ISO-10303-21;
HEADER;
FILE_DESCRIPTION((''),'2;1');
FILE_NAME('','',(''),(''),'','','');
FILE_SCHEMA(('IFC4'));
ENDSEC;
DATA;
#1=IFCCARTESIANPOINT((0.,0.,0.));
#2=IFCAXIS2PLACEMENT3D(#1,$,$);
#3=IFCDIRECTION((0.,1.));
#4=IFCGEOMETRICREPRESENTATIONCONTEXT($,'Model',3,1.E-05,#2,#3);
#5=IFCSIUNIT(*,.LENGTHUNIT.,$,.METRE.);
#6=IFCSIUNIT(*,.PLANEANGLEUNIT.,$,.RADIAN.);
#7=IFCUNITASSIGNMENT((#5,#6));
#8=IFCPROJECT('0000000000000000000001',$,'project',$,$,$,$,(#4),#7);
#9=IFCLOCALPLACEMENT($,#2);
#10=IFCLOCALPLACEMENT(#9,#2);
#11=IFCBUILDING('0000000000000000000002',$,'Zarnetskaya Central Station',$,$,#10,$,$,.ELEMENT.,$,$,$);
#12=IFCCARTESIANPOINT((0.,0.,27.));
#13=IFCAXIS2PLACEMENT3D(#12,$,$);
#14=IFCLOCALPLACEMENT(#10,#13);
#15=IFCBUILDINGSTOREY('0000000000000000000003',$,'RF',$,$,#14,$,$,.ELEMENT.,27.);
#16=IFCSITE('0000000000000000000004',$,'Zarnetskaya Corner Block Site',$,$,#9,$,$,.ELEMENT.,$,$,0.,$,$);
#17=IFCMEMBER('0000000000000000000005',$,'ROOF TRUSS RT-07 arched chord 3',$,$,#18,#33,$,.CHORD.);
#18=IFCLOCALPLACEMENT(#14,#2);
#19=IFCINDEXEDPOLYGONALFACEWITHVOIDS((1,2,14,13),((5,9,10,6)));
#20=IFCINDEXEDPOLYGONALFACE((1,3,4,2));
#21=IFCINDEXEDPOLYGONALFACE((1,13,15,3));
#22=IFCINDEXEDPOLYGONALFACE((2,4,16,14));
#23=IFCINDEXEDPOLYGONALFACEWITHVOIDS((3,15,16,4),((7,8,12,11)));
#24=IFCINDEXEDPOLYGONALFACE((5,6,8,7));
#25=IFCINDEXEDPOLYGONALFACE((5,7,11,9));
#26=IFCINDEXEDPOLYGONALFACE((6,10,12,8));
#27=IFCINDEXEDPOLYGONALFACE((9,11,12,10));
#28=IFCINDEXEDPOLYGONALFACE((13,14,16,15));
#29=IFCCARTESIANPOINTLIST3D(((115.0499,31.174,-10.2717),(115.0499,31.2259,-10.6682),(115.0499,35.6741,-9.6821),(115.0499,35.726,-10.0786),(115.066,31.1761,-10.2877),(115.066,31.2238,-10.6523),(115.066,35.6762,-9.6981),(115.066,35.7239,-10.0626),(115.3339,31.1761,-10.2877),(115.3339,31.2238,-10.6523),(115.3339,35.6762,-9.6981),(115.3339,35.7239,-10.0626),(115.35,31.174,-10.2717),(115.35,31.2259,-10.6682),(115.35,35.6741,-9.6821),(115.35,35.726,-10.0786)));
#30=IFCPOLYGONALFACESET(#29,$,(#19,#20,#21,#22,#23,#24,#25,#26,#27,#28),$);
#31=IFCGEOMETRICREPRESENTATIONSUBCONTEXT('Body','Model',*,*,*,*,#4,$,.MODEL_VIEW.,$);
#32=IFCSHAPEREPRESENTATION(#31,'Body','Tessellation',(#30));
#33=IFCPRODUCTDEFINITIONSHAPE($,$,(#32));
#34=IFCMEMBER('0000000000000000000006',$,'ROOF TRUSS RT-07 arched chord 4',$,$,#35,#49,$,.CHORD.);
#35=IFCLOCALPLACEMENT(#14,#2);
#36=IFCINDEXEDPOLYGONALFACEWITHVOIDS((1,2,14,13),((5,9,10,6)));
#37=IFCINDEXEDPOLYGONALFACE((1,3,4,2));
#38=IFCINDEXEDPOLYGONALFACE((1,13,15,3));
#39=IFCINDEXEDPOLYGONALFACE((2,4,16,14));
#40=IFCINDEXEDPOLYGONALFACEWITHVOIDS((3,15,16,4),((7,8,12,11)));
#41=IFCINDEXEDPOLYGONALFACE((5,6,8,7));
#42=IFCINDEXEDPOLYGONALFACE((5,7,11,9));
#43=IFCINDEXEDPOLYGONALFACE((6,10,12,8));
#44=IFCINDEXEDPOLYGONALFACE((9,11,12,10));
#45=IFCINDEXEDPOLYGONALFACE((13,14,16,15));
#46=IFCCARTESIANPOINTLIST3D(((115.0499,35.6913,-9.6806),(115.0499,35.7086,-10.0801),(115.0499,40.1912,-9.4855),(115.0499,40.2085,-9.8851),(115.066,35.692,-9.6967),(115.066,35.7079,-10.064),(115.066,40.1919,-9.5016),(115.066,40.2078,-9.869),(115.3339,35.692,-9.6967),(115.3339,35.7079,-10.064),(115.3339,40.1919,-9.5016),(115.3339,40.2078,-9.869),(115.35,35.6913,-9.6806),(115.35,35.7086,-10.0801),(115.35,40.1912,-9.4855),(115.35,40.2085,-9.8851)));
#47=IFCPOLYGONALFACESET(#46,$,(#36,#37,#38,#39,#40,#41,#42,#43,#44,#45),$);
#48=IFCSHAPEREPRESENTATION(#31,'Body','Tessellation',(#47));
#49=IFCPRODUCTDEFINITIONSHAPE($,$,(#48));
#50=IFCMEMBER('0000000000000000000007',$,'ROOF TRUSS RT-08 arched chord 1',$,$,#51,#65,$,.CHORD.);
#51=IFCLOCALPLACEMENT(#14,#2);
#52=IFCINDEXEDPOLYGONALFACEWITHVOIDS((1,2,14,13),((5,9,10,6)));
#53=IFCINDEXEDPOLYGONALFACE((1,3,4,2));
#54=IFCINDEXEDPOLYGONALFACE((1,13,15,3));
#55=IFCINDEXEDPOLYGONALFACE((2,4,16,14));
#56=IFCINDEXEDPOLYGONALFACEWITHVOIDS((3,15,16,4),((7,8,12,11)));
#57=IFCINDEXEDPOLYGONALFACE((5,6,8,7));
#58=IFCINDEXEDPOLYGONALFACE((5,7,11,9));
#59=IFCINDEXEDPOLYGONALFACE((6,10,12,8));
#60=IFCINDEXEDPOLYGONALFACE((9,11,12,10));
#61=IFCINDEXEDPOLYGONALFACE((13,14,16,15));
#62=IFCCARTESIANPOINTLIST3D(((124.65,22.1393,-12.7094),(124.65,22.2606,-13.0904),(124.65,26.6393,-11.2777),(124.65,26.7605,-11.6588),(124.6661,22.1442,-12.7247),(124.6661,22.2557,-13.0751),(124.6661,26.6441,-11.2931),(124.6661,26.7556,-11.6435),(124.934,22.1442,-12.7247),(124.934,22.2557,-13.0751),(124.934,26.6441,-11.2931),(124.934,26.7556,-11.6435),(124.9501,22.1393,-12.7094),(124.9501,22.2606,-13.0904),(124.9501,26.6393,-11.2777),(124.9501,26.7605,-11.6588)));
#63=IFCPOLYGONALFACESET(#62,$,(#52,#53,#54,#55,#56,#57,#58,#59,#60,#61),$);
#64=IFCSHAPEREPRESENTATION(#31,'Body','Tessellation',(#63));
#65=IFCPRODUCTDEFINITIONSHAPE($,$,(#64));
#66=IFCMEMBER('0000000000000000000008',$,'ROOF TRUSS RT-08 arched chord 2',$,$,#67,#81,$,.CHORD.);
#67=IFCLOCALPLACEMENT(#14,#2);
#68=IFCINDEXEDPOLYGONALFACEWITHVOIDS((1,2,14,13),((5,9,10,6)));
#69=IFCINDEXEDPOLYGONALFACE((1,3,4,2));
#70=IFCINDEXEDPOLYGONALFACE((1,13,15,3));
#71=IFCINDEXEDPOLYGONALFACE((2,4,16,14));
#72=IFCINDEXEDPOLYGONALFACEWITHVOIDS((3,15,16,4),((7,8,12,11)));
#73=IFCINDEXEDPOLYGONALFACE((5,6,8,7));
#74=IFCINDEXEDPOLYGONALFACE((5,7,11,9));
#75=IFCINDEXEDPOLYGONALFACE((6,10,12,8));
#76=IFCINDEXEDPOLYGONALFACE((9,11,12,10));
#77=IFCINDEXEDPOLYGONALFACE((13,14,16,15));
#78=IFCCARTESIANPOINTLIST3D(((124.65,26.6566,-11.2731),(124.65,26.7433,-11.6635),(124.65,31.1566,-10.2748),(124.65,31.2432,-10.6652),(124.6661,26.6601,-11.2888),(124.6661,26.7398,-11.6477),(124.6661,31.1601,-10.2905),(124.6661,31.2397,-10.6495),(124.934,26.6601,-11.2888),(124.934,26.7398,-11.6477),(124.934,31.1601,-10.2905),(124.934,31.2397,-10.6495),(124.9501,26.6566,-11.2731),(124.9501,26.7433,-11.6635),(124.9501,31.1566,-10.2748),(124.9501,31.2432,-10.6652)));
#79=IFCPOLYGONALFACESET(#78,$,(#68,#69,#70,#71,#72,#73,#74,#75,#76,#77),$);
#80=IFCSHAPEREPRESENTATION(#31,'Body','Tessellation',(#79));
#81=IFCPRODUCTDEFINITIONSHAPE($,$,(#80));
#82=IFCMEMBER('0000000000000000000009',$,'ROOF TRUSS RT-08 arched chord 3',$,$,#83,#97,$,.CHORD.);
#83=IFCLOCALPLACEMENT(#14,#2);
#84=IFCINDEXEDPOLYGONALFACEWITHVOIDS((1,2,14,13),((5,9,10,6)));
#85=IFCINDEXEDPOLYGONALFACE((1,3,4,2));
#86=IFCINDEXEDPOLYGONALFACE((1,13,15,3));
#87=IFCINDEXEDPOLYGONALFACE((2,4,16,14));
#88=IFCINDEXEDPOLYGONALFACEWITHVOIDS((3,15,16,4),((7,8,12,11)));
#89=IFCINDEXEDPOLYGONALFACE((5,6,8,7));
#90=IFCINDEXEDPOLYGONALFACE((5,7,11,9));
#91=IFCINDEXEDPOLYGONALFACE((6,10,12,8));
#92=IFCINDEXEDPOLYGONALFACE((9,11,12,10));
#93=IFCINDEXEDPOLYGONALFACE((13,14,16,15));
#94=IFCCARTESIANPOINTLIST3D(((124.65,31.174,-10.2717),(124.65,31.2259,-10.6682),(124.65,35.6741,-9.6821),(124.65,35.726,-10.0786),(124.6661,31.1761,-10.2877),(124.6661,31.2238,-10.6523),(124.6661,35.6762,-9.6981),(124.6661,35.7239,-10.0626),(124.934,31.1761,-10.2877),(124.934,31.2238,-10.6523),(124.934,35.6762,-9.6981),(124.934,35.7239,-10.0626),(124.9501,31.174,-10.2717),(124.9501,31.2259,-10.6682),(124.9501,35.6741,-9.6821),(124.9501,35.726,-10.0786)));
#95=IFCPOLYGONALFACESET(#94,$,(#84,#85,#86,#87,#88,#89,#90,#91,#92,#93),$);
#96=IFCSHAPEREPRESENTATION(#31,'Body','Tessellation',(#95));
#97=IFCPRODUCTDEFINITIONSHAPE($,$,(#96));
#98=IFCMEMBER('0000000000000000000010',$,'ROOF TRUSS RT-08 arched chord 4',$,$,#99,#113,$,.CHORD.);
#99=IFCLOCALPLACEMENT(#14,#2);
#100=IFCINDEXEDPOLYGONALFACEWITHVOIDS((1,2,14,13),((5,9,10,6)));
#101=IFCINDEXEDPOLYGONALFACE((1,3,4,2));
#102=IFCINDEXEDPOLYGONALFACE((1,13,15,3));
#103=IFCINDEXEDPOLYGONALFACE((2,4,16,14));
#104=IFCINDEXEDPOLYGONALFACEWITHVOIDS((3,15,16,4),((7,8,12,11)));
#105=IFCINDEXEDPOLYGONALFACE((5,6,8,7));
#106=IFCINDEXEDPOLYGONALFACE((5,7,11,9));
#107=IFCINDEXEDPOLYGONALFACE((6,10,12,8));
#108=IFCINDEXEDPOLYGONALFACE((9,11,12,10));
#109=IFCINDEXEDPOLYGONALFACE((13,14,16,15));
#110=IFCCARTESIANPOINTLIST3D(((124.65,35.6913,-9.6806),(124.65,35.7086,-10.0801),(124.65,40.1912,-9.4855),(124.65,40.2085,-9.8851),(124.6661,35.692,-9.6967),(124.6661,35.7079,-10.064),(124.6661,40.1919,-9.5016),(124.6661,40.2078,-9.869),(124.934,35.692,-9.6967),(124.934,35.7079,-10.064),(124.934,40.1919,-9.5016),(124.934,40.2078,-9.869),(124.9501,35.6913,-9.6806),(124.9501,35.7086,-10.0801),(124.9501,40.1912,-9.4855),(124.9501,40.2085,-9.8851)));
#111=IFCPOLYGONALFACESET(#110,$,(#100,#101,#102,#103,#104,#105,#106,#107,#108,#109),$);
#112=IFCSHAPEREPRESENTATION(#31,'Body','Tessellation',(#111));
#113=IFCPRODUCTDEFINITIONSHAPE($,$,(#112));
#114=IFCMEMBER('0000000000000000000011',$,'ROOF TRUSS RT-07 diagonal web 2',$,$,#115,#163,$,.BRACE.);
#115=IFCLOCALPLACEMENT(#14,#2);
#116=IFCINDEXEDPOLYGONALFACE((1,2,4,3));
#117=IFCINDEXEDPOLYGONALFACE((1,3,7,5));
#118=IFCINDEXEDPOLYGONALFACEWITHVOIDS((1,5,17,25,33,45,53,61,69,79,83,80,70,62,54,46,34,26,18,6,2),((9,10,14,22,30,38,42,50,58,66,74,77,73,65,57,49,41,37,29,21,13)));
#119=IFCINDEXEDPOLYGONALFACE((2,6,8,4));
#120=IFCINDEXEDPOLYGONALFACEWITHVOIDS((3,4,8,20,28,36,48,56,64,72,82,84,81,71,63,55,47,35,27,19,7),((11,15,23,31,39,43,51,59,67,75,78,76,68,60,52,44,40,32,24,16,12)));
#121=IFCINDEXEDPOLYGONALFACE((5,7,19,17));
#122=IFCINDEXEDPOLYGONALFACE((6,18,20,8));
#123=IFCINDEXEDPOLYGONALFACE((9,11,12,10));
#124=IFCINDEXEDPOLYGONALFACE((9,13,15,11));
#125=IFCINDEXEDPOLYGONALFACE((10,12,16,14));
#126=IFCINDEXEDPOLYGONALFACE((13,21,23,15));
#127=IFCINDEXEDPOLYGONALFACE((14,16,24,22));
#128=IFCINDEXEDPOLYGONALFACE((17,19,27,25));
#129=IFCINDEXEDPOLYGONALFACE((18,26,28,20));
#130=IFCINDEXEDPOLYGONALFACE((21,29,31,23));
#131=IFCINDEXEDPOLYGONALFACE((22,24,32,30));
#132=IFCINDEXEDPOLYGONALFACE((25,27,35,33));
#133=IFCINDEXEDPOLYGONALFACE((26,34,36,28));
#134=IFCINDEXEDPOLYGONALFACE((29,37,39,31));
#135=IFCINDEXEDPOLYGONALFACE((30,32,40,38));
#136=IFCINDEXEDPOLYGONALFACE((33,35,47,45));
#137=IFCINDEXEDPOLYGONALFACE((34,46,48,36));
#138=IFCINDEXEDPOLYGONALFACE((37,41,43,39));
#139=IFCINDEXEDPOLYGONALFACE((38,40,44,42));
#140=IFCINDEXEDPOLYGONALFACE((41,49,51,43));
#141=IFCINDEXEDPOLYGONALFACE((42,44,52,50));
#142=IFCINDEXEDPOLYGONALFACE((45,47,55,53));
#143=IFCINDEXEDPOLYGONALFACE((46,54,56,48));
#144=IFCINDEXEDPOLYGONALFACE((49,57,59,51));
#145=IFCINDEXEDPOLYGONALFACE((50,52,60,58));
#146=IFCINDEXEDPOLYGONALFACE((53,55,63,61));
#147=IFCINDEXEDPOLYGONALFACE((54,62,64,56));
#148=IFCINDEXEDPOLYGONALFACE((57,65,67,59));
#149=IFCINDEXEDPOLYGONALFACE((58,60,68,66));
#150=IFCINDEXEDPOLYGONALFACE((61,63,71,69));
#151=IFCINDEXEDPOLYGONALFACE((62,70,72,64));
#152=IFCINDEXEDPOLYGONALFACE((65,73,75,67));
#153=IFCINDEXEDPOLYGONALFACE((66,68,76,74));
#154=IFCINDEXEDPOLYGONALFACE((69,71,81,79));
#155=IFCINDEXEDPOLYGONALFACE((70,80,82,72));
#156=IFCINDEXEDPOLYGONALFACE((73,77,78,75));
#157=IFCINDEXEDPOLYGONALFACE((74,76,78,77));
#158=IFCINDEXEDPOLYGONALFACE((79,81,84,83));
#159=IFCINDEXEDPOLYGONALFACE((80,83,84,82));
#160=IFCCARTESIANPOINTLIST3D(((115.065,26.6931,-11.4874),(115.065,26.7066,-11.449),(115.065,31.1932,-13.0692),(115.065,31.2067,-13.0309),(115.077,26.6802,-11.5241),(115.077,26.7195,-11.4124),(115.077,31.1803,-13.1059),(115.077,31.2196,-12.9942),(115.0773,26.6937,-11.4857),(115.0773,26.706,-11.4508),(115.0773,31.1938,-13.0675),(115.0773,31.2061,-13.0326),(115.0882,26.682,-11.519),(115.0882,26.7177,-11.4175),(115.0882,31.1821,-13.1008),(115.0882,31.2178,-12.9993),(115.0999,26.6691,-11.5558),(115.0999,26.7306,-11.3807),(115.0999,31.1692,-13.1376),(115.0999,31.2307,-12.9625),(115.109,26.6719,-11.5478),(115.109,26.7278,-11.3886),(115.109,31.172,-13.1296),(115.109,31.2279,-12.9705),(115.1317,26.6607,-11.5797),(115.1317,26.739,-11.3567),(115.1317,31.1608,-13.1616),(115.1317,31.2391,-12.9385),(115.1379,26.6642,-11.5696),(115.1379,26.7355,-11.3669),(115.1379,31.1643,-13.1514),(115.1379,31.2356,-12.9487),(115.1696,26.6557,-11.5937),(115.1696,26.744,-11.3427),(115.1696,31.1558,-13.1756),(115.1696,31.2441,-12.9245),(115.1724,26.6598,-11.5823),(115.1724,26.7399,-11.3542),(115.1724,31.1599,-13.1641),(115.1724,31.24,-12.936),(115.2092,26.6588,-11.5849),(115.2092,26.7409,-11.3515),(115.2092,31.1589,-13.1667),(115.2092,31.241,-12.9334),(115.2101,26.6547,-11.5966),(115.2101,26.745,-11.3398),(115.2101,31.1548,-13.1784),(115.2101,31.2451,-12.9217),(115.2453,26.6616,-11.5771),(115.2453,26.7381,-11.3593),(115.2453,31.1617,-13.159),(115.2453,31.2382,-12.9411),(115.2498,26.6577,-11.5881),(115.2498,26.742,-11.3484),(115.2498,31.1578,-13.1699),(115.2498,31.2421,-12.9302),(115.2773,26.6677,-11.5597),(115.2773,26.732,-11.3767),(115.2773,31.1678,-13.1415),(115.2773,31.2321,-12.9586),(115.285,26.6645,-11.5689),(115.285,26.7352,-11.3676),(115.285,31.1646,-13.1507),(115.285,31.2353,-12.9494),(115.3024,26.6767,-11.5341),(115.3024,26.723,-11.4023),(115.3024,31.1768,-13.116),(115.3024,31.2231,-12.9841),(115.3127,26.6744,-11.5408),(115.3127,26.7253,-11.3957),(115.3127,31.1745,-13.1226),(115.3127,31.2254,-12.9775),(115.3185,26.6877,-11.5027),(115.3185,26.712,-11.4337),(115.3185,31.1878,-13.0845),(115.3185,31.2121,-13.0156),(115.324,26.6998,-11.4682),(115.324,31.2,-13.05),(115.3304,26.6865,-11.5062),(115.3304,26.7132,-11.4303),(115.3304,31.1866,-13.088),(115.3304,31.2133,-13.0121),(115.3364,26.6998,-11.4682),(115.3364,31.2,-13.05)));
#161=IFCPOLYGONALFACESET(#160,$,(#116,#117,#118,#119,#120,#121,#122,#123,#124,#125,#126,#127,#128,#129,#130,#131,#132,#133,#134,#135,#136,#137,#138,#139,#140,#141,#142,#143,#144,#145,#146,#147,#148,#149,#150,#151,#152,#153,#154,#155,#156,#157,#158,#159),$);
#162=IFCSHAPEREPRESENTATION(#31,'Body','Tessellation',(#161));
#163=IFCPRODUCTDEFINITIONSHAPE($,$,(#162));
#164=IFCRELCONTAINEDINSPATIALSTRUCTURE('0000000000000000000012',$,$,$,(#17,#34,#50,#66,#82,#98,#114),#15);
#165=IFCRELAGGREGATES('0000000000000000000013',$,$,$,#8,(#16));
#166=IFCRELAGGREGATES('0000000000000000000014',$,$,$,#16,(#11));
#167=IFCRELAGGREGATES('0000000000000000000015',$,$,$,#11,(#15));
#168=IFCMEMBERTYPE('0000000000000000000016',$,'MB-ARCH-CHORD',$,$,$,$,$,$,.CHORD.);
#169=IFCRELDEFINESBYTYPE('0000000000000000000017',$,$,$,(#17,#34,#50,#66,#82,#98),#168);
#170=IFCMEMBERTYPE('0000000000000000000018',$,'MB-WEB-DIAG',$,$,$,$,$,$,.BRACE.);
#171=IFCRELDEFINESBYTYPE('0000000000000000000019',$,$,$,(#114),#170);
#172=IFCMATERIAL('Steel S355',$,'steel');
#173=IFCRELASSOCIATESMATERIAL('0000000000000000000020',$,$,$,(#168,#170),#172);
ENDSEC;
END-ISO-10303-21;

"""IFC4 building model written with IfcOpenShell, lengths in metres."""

from ifc_helpers import new_model, si_unit, direction, frame, origin, origin_2d, place, context, subcontext, project, spatial, hollow_rectangle, hollow_circle, extrude, material, material_profile, profile_set, type_object, element, save


model = new_model("IFC4")

# Units and contexts
model_context = context("Model", 3, precision=1e-05, world=origin(), true_north=direction((0.0, 1.0)))
body_context = subcontext(model_context, "Body", "Model", "MODEL_VIEW")
ifc_project = project(units=[si_unit("LENGTHUNIT", "METRE"), si_unit("PLANEANGLEUNIT", "RADIAN")], contexts=[model_context])

# Site, building, storey
site_placement = place(None, origin())
site = spatial("IfcSite", under=ifc_project, at=site_placement, Name="Zarnetskaya Corner Block Site", CompositionType="ELEMENT", RefElevation=0.0)
building_placement = place(site_placement, origin())
building = spatial("IfcBuilding", under=site, at=building_placement, Name="Zarnetskaya Central Station", CompositionType="ELEMENT")
storey_placement = place(building_placement, frame((0.0, 0.0, 27.0)))
storey = spatial("IfcBuildingStorey", under=building, at=storey_placement, Name="RF", CompositionType="ELEMENT", Elevation=27.0)

# Shared definitions
ifc_material_1 = material(Name="Steel S355", Category="steel")

# Members
ifc_material_profile_1 = material_profile(ifc_material_1, hollow_rectangle(XDim=0.3, YDim=0.3999, WallThickness=0.0161, at=origin_2d()), Name="RHS 400x300x16")
ifc_profile_set_1 = profile_set([ifc_material_profile_1], Name="Steel S355")
member_type_1 = type_object("IfcMemberType", Name="MB-ARCH-CHORD", PredefinedType="CHORD", material=ifc_profile_set_1)
member_1_placement = place(storey_placement, frame((115.2, 31.2, -10.47), z_axis=(0.0, 0.991526, 0.129912), x_axis=(-1.0, 0.0, 0.0)))
element("IfcMember", 1, at=member_1_placement, inside=storey, type_object=member_type_1, Name="ROOF TRUSS RT-07 arched chord 3", PredefinedType="CHORD", context=body_context, shape_type="SweptSolid", body=[
    extrude(hollow_rectangle(XDim=0.3, YDim=0.3999, WallThickness=0.0161, at=origin_2d()), origin(), (0.0, 0.0, 1.0), 4.5386),
])
member_2_placement = place(storey_placement, frame((115.2, 35.7, -9.8804), z_axis=(0.0, 0.999062, 0.043308), x_axis=(-1.0, 0.0, 0.0)))
element("IfcMember", 2, at=member_2_placement, inside=storey, type_object=member_type_1, Name="ROOF TRUSS RT-07 arched chord 4", PredefinedType="CHORD", context=body_context, shape_type="SweptSolid", body=[
    extrude(hollow_rectangle(XDim=0.3, YDim=0.3999, WallThickness=0.0161, at=origin_2d()), origin(), (0.0, 0.0, 1.0), 4.5042),
])
member_3_placement = place(storey_placement, frame((124.8, 22.2, -12.8999), z_axis=(0.0, 0.952937, 0.30317), x_axis=(-1.0, 0.0, 0.0)))
element("IfcMember", 3, at=member_3_placement, inside=storey, type_object=member_type_1, Name="ROOF TRUSS RT-08 arched chord 1", PredefinedType="CHORD", context=body_context, shape_type="SweptSolid", body=[
    extrude(hollow_rectangle(XDim=0.3, YDim=0.3999, WallThickness=0.0161, at=origin_2d()), origin(), (0.0, 0.0, 1.0), 4.7222),
])
member_4_placement = place(storey_placement, frame((124.8, 26.7, -11.4683), z_axis=(0.0, 0.976266, 0.216577), x_axis=(-1.0, 0.0, 0.0)))
element("IfcMember", 4, at=member_4_placement, inside=storey, type_object=member_type_1, Name="ROOF TRUSS RT-08 arched chord 2", PredefinedType="CHORD", context=body_context, shape_type="SweptSolid", body=[
    extrude(hollow_rectangle(XDim=0.3, YDim=0.3999, WallThickness=0.0161, at=origin_2d()), origin(), (0.0, 0.0, 1.0), 4.6094),
])
member_5_placement = place(storey_placement, frame((124.8, 31.2, -10.47), z_axis=(0.0, 0.991526, 0.129912), x_axis=(-1.0, 0.0, 0.0)))
element("IfcMember", 5, at=member_5_placement, inside=storey, type_object=member_type_1, Name="ROOF TRUSS RT-08 arched chord 3", PredefinedType="CHORD", context=body_context, shape_type="SweptSolid", body=[
    extrude(hollow_rectangle(XDim=0.3, YDim=0.3999, WallThickness=0.0161, at=origin_2d()), origin(), (0.0, 0.0, 1.0), 4.5386),
])
member_6_placement = place(storey_placement, frame((124.8, 35.7, -9.8804), z_axis=(0.0, 0.999062, 0.043308), x_axis=(-1.0, 0.0, 0.0)))
element("IfcMember", 6, at=member_6_placement, inside=storey, type_object=member_type_1, Name="ROOF TRUSS RT-08 arched chord 4", PredefinedType="CHORD", context=body_context, shape_type="SweptSolid", body=[
    extrude(hollow_rectangle(XDim=0.3, YDim=0.3999, WallThickness=0.0161, at=origin_2d()), origin(), (0.0, 0.0, 1.0), 4.5042),
])
ifc_material_profile_2 = material_profile(ifc_material_1, hollow_circle(Radius=0.1365, WallThickness=0.0125, at=origin_2d()), Name="CHS 273x12.5")
ifc_profile_set_2 = profile_set([ifc_material_profile_2], Name="Steel S355")
member_type_2 = type_object("IfcMemberType", Name="MB-WEB-DIAG", PredefinedType="BRACE", material=ifc_profile_set_2)
member_7_placement = place(storey_placement, frame((115.2, 31.2, -13.05), z_axis=(0.0, -0.943414, 0.331618), x_axis=(1.0, 0.0, 0.0)))
element("IfcMember", 7, at=member_7_placement, inside=storey, type_object=member_type_2, Name="ROOF TRUSS RT-07 diagonal web 2", PredefinedType="BRACE", context=body_context, shape_type="SweptSolid", body=[
    extrude(hollow_circle(Radius=0.1365, WallThickness=0.0125, at=origin_2d()), origin(), (0.0, 0.0, 1.0), 4.77),
])

save(model, "model.ifc")
